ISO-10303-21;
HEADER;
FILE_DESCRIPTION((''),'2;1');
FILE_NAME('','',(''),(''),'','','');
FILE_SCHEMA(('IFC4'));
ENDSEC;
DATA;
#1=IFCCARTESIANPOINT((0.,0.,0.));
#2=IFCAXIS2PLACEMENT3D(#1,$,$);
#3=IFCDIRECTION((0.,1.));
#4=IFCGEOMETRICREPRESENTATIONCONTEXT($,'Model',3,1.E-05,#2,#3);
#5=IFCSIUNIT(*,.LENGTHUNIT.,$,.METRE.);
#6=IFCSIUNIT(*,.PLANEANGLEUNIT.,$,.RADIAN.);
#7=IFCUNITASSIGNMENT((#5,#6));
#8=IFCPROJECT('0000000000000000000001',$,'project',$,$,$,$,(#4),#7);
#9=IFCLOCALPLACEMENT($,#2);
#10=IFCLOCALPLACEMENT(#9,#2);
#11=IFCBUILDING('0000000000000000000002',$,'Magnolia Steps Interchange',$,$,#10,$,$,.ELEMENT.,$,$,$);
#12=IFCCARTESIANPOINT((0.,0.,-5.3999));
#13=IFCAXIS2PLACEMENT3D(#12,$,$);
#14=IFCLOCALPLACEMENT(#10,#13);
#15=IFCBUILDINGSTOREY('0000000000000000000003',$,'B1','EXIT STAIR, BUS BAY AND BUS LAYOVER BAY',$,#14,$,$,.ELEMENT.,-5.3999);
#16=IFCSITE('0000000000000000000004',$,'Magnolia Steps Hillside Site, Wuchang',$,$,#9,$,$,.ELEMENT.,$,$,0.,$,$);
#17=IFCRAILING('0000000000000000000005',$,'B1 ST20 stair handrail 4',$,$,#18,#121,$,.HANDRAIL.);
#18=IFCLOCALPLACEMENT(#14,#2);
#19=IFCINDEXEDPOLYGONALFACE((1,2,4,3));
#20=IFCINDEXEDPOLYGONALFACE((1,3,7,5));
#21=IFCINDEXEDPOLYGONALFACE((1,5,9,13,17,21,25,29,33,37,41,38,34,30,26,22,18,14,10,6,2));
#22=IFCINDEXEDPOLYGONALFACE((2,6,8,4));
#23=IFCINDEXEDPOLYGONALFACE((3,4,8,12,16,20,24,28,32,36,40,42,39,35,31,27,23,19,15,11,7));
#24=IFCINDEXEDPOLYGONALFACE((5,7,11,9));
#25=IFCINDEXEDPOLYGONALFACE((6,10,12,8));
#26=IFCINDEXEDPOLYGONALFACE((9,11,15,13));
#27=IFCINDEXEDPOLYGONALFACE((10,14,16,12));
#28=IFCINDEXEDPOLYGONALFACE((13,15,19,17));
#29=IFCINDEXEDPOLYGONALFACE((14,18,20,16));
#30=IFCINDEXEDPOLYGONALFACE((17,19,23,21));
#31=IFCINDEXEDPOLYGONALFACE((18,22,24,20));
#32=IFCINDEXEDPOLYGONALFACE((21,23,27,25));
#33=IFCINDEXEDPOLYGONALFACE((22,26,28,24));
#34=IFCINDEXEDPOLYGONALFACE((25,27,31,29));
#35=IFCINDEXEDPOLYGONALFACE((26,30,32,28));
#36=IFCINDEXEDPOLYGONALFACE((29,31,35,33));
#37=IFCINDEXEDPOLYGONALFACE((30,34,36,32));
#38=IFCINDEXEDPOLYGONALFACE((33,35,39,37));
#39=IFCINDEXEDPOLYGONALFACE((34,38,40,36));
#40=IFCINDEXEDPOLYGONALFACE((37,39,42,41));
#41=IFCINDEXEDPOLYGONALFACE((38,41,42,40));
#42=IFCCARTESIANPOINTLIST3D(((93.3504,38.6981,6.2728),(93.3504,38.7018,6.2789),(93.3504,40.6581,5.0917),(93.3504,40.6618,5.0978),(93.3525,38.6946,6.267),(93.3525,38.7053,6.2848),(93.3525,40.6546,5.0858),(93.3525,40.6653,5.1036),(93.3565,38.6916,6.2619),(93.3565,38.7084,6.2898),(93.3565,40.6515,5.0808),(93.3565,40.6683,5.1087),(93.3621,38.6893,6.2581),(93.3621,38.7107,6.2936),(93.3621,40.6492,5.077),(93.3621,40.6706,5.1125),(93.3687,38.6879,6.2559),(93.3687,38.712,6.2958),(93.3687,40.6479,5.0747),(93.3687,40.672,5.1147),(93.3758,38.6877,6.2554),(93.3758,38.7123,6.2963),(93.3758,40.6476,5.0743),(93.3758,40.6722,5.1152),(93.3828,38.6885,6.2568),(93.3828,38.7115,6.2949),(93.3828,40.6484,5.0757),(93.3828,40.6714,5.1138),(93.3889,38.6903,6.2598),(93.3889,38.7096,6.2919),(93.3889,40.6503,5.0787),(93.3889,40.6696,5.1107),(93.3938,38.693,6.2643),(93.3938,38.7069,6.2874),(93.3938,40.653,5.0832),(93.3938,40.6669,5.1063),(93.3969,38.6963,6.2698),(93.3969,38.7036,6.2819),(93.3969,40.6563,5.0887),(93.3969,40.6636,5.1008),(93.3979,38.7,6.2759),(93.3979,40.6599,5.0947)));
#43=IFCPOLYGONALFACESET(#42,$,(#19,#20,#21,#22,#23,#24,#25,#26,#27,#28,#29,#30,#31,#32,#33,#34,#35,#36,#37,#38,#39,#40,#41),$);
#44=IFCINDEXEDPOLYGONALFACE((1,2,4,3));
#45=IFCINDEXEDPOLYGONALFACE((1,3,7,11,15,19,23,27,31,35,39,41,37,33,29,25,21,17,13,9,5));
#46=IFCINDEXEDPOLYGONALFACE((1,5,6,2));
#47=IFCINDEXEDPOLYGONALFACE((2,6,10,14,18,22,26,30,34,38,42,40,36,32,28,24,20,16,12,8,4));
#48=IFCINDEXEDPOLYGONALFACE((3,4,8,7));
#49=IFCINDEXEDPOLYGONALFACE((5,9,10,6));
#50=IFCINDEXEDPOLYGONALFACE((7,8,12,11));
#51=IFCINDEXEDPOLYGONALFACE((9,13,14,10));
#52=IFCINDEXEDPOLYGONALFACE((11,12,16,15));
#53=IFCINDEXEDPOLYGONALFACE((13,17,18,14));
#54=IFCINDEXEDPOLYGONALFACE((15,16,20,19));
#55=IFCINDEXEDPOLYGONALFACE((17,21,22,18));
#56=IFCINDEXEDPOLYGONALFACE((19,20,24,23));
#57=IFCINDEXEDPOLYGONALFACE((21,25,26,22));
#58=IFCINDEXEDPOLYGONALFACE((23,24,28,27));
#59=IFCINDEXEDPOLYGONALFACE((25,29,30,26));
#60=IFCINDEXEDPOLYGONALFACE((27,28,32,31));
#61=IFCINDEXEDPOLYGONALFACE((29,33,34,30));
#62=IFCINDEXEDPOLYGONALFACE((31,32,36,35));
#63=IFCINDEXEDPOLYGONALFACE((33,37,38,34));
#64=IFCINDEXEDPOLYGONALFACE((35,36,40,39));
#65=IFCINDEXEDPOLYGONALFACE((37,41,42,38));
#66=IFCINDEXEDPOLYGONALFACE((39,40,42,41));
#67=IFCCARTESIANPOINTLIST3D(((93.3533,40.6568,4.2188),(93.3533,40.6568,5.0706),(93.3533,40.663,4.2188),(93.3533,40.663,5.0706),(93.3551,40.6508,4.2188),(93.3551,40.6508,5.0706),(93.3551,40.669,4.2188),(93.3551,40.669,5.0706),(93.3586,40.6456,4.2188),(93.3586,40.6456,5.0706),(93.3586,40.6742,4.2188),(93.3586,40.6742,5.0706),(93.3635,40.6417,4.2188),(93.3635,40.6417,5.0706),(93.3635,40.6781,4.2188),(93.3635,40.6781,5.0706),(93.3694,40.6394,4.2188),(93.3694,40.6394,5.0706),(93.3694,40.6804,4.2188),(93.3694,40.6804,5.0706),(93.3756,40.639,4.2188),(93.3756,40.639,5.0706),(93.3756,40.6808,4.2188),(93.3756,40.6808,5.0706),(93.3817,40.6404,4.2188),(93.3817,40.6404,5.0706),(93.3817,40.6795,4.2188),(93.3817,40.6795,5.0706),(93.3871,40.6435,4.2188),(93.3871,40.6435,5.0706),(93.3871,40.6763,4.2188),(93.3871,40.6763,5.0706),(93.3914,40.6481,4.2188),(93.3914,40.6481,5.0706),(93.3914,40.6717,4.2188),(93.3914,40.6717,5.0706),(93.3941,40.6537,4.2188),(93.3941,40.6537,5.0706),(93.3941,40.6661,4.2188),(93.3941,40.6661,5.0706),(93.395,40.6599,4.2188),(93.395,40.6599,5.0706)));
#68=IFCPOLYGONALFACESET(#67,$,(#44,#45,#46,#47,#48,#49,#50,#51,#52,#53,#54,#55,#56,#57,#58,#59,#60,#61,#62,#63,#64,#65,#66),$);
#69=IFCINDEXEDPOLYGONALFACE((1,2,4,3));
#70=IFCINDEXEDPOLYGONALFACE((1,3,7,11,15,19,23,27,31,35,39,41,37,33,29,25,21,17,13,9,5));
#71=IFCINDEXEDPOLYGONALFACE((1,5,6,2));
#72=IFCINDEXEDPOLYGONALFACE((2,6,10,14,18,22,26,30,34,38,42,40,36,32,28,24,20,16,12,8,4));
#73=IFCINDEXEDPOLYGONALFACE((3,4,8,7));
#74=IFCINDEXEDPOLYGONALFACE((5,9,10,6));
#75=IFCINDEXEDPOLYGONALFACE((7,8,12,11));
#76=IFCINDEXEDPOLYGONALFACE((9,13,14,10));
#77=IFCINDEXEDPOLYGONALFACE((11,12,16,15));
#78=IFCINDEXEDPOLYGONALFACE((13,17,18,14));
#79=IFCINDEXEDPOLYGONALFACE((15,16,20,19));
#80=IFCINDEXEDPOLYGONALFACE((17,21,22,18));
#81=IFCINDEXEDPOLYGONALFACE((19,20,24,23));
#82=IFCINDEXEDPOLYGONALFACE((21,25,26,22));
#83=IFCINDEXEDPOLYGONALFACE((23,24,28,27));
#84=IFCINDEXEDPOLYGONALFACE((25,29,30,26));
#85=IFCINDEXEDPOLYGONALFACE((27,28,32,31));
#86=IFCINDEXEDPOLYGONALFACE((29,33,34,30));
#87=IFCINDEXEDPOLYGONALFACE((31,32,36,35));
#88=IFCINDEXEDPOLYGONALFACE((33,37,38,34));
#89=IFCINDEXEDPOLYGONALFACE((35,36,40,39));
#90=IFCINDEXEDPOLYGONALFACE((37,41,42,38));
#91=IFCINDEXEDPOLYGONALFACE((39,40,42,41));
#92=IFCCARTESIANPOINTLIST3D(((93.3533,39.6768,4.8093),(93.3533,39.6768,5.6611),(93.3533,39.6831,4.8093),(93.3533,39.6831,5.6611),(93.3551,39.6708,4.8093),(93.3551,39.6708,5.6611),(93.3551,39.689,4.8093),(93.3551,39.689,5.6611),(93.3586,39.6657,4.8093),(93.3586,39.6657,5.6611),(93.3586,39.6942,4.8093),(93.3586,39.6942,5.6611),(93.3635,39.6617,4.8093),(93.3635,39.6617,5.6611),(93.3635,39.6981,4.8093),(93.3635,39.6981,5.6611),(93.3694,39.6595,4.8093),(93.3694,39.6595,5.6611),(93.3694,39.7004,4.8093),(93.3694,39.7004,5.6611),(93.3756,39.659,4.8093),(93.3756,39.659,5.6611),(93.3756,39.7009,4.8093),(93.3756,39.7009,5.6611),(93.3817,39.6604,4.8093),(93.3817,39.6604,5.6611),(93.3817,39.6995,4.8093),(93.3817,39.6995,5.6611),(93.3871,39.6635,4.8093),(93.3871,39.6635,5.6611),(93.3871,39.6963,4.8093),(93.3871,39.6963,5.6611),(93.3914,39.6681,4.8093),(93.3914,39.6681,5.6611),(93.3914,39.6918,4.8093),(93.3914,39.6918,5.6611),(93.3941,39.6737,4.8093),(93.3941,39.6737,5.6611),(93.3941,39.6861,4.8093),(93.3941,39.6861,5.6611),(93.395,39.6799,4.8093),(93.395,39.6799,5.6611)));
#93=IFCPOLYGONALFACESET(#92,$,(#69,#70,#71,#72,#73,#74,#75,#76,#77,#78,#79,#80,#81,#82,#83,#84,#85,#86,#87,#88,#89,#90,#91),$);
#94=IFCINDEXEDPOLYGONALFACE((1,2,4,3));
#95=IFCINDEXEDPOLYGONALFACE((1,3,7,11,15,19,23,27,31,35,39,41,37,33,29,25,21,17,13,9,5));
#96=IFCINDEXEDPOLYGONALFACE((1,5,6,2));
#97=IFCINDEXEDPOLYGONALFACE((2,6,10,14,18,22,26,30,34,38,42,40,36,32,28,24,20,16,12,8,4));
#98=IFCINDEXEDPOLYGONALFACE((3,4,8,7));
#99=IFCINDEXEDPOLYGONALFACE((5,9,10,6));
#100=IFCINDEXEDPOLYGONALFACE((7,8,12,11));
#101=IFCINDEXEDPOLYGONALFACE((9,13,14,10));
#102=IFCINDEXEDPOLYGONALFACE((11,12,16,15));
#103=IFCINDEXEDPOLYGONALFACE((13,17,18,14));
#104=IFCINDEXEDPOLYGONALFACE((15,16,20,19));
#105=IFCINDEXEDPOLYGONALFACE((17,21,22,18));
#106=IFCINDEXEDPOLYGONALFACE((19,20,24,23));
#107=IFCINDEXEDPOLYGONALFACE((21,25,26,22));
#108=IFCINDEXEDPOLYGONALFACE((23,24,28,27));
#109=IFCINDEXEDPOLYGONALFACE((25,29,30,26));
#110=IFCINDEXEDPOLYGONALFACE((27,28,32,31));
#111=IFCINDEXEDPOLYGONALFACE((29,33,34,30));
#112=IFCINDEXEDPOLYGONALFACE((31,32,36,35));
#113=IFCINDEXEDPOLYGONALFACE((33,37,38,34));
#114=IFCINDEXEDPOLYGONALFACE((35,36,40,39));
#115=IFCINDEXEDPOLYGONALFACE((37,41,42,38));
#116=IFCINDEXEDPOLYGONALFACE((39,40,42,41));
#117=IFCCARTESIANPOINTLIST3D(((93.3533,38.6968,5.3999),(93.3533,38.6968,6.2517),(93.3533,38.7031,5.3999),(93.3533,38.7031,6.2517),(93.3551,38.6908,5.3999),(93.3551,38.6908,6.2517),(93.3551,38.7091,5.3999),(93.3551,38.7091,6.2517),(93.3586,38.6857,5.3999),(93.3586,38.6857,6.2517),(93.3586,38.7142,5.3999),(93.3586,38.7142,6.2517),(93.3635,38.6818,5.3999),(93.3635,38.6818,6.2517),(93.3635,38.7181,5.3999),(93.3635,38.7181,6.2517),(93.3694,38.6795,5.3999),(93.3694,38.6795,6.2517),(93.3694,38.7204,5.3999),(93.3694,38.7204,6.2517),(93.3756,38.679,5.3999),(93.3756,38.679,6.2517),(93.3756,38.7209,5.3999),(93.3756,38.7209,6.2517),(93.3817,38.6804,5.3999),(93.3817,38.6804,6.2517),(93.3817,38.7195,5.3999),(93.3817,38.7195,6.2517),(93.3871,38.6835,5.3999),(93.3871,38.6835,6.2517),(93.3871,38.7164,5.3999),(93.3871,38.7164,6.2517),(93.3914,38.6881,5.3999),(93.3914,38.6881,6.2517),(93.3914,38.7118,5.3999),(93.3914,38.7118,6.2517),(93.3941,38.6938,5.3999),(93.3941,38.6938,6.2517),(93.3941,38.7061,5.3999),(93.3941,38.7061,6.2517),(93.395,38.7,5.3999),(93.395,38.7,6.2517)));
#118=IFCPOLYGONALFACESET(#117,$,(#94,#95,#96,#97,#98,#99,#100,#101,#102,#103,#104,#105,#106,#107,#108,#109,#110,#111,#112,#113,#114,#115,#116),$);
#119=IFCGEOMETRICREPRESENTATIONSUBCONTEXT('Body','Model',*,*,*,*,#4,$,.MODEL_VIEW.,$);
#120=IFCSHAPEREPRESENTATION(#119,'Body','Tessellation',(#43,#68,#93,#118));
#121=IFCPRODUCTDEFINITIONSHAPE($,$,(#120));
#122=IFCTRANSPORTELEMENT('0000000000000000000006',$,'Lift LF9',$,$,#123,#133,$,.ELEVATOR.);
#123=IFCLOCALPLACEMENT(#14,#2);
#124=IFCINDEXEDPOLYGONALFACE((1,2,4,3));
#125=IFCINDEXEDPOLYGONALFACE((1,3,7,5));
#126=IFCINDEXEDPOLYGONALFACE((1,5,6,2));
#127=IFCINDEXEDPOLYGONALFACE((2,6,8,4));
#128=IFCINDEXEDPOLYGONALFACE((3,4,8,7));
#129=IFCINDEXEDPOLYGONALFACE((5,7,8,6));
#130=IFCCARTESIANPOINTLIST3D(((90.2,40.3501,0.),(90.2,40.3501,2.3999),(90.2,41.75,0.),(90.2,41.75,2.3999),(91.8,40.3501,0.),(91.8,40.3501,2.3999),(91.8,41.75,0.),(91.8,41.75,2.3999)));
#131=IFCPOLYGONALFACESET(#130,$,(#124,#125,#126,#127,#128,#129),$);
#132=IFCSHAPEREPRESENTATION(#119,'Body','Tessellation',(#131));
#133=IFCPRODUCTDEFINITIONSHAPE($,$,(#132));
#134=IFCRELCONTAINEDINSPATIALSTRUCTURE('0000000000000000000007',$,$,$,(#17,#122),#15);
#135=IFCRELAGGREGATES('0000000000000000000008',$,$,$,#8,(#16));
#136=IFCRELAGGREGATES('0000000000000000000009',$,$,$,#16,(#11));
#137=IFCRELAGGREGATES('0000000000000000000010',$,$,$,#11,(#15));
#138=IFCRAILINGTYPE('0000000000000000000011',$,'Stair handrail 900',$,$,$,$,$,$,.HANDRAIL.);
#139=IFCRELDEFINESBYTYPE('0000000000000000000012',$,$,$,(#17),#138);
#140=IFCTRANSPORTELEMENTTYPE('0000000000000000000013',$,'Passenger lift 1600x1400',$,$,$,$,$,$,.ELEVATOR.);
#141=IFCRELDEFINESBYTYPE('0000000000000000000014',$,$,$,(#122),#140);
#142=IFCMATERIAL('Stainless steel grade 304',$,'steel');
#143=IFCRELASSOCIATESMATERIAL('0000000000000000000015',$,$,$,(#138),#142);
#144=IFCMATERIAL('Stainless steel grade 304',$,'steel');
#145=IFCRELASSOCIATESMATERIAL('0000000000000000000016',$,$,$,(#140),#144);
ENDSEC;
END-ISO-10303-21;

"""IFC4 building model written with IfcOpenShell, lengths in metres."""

from ifc_helpers import new_model, si_unit, direction, frame, origin, origin_2d, place, context, subcontext, project, spatial, rectangle, circle, extrude, material, type_object, element, save


model = new_model("IFC4")

# Units and contexts
model_context = context("Model", 3, precision=1e-05, world=origin(), true_north=direction((0.0, 1.0)))
body_context = subcontext(model_context, "Body", "Model", "MODEL_VIEW")
ifc_project = project(units=[si_unit("LENGTHUNIT", "METRE"), si_unit("PLANEANGLEUNIT", "RADIAN")], contexts=[model_context])

# Site, building, storey
site_placement = place(None, origin())
site = spatial("IfcSite", under=ifc_project, at=site_placement, Name="Magnolia Steps Hillside Site, Wuchang", CompositionType="ELEMENT", RefElevation=0.0)
building_placement = place(site_placement, origin())
building = spatial("IfcBuilding", under=site, at=building_placement, Name="Magnolia Steps Interchange", CompositionType="ELEMENT")
storey_placement = place(building_placement, frame((0.0, 0.0, -5.3999)))
storey = spatial("IfcBuildingStorey", under=building, at=storey_placement, Name="B1", Description="EXIT STAIR, BUS BAY AND BUS LAYOVER BAY", CompositionType="ELEMENT", Elevation=-5.3999)

# Railing
ifc_material_1 = material(Name="Stainless steel grade 304", Category="steel")
railing_type_1 = type_object("IfcRailingType", Name="Stair handrail 900", PredefinedType="HANDRAIL", material=ifc_material_1)
railing_1_placement = place(storey_placement, frame((93.374, 40.6599, 4.2188)))
element("IfcRailing", 1, at=railing_1_placement, inside=storey, type_object=railing_type_1, Name="B1 ST20 stair handrail 4", PredefinedType="HANDRAIL", context=body_context, shape_type="SweptSolid", body=[
    extrude(circle(Radius=0.0239, at=origin_2d()), frame((0.0, 0.0, 0.876), z_axis=(0.0, -0.856493, 0.516158), x_axis=(1.0, 0.0, 0.0)), (0.0, 0.0, 1.0), 2.2883),
    extrude(circle(Radius=0.021, at=origin_2d()), origin(), (0.0, 0.0, 1.0), 0.8518),
    extrude(circle(Radius=0.021, at=origin_2d()), frame((0.0, -0.98, 0.5906)), (0.0, 0.0, 1.0), 0.8518),
    extrude(circle(Radius=0.021, at=origin_2d()), frame((0.0, -1.96, 1.1812)), (0.0, 0.0, 1.0), 0.8518),
])

# Transport element
ifc_material_2 = material(Name="Stainless steel grade 304", Category="steel")
transport_element_type = type_object("IfcTransportElementType", Name="Passenger lift 1600x1400", PredefinedType="ELEVATOR", material=ifc_material_2)
transport_element_placement = place(storey_placement, frame((91.0, 41.05, 0.0), z_axis=(0.0, 0.0, 1.0), x_axis=(1.0, 0.0, 0.0)))
element("IfcTransportElement", 2, at=transport_element_placement, inside=storey, type_object=transport_element_type, Name="Lift LF9", PredefinedType="ELEVATOR", context=body_context, shape_type="SweptSolid", body=[
    extrude(rectangle(XDim=1.6001, YDim=1.3999, at=origin_2d()), origin(), (0.0, 0.0, 1.0), 2.3999),
])

save(model, "model.ifc")
